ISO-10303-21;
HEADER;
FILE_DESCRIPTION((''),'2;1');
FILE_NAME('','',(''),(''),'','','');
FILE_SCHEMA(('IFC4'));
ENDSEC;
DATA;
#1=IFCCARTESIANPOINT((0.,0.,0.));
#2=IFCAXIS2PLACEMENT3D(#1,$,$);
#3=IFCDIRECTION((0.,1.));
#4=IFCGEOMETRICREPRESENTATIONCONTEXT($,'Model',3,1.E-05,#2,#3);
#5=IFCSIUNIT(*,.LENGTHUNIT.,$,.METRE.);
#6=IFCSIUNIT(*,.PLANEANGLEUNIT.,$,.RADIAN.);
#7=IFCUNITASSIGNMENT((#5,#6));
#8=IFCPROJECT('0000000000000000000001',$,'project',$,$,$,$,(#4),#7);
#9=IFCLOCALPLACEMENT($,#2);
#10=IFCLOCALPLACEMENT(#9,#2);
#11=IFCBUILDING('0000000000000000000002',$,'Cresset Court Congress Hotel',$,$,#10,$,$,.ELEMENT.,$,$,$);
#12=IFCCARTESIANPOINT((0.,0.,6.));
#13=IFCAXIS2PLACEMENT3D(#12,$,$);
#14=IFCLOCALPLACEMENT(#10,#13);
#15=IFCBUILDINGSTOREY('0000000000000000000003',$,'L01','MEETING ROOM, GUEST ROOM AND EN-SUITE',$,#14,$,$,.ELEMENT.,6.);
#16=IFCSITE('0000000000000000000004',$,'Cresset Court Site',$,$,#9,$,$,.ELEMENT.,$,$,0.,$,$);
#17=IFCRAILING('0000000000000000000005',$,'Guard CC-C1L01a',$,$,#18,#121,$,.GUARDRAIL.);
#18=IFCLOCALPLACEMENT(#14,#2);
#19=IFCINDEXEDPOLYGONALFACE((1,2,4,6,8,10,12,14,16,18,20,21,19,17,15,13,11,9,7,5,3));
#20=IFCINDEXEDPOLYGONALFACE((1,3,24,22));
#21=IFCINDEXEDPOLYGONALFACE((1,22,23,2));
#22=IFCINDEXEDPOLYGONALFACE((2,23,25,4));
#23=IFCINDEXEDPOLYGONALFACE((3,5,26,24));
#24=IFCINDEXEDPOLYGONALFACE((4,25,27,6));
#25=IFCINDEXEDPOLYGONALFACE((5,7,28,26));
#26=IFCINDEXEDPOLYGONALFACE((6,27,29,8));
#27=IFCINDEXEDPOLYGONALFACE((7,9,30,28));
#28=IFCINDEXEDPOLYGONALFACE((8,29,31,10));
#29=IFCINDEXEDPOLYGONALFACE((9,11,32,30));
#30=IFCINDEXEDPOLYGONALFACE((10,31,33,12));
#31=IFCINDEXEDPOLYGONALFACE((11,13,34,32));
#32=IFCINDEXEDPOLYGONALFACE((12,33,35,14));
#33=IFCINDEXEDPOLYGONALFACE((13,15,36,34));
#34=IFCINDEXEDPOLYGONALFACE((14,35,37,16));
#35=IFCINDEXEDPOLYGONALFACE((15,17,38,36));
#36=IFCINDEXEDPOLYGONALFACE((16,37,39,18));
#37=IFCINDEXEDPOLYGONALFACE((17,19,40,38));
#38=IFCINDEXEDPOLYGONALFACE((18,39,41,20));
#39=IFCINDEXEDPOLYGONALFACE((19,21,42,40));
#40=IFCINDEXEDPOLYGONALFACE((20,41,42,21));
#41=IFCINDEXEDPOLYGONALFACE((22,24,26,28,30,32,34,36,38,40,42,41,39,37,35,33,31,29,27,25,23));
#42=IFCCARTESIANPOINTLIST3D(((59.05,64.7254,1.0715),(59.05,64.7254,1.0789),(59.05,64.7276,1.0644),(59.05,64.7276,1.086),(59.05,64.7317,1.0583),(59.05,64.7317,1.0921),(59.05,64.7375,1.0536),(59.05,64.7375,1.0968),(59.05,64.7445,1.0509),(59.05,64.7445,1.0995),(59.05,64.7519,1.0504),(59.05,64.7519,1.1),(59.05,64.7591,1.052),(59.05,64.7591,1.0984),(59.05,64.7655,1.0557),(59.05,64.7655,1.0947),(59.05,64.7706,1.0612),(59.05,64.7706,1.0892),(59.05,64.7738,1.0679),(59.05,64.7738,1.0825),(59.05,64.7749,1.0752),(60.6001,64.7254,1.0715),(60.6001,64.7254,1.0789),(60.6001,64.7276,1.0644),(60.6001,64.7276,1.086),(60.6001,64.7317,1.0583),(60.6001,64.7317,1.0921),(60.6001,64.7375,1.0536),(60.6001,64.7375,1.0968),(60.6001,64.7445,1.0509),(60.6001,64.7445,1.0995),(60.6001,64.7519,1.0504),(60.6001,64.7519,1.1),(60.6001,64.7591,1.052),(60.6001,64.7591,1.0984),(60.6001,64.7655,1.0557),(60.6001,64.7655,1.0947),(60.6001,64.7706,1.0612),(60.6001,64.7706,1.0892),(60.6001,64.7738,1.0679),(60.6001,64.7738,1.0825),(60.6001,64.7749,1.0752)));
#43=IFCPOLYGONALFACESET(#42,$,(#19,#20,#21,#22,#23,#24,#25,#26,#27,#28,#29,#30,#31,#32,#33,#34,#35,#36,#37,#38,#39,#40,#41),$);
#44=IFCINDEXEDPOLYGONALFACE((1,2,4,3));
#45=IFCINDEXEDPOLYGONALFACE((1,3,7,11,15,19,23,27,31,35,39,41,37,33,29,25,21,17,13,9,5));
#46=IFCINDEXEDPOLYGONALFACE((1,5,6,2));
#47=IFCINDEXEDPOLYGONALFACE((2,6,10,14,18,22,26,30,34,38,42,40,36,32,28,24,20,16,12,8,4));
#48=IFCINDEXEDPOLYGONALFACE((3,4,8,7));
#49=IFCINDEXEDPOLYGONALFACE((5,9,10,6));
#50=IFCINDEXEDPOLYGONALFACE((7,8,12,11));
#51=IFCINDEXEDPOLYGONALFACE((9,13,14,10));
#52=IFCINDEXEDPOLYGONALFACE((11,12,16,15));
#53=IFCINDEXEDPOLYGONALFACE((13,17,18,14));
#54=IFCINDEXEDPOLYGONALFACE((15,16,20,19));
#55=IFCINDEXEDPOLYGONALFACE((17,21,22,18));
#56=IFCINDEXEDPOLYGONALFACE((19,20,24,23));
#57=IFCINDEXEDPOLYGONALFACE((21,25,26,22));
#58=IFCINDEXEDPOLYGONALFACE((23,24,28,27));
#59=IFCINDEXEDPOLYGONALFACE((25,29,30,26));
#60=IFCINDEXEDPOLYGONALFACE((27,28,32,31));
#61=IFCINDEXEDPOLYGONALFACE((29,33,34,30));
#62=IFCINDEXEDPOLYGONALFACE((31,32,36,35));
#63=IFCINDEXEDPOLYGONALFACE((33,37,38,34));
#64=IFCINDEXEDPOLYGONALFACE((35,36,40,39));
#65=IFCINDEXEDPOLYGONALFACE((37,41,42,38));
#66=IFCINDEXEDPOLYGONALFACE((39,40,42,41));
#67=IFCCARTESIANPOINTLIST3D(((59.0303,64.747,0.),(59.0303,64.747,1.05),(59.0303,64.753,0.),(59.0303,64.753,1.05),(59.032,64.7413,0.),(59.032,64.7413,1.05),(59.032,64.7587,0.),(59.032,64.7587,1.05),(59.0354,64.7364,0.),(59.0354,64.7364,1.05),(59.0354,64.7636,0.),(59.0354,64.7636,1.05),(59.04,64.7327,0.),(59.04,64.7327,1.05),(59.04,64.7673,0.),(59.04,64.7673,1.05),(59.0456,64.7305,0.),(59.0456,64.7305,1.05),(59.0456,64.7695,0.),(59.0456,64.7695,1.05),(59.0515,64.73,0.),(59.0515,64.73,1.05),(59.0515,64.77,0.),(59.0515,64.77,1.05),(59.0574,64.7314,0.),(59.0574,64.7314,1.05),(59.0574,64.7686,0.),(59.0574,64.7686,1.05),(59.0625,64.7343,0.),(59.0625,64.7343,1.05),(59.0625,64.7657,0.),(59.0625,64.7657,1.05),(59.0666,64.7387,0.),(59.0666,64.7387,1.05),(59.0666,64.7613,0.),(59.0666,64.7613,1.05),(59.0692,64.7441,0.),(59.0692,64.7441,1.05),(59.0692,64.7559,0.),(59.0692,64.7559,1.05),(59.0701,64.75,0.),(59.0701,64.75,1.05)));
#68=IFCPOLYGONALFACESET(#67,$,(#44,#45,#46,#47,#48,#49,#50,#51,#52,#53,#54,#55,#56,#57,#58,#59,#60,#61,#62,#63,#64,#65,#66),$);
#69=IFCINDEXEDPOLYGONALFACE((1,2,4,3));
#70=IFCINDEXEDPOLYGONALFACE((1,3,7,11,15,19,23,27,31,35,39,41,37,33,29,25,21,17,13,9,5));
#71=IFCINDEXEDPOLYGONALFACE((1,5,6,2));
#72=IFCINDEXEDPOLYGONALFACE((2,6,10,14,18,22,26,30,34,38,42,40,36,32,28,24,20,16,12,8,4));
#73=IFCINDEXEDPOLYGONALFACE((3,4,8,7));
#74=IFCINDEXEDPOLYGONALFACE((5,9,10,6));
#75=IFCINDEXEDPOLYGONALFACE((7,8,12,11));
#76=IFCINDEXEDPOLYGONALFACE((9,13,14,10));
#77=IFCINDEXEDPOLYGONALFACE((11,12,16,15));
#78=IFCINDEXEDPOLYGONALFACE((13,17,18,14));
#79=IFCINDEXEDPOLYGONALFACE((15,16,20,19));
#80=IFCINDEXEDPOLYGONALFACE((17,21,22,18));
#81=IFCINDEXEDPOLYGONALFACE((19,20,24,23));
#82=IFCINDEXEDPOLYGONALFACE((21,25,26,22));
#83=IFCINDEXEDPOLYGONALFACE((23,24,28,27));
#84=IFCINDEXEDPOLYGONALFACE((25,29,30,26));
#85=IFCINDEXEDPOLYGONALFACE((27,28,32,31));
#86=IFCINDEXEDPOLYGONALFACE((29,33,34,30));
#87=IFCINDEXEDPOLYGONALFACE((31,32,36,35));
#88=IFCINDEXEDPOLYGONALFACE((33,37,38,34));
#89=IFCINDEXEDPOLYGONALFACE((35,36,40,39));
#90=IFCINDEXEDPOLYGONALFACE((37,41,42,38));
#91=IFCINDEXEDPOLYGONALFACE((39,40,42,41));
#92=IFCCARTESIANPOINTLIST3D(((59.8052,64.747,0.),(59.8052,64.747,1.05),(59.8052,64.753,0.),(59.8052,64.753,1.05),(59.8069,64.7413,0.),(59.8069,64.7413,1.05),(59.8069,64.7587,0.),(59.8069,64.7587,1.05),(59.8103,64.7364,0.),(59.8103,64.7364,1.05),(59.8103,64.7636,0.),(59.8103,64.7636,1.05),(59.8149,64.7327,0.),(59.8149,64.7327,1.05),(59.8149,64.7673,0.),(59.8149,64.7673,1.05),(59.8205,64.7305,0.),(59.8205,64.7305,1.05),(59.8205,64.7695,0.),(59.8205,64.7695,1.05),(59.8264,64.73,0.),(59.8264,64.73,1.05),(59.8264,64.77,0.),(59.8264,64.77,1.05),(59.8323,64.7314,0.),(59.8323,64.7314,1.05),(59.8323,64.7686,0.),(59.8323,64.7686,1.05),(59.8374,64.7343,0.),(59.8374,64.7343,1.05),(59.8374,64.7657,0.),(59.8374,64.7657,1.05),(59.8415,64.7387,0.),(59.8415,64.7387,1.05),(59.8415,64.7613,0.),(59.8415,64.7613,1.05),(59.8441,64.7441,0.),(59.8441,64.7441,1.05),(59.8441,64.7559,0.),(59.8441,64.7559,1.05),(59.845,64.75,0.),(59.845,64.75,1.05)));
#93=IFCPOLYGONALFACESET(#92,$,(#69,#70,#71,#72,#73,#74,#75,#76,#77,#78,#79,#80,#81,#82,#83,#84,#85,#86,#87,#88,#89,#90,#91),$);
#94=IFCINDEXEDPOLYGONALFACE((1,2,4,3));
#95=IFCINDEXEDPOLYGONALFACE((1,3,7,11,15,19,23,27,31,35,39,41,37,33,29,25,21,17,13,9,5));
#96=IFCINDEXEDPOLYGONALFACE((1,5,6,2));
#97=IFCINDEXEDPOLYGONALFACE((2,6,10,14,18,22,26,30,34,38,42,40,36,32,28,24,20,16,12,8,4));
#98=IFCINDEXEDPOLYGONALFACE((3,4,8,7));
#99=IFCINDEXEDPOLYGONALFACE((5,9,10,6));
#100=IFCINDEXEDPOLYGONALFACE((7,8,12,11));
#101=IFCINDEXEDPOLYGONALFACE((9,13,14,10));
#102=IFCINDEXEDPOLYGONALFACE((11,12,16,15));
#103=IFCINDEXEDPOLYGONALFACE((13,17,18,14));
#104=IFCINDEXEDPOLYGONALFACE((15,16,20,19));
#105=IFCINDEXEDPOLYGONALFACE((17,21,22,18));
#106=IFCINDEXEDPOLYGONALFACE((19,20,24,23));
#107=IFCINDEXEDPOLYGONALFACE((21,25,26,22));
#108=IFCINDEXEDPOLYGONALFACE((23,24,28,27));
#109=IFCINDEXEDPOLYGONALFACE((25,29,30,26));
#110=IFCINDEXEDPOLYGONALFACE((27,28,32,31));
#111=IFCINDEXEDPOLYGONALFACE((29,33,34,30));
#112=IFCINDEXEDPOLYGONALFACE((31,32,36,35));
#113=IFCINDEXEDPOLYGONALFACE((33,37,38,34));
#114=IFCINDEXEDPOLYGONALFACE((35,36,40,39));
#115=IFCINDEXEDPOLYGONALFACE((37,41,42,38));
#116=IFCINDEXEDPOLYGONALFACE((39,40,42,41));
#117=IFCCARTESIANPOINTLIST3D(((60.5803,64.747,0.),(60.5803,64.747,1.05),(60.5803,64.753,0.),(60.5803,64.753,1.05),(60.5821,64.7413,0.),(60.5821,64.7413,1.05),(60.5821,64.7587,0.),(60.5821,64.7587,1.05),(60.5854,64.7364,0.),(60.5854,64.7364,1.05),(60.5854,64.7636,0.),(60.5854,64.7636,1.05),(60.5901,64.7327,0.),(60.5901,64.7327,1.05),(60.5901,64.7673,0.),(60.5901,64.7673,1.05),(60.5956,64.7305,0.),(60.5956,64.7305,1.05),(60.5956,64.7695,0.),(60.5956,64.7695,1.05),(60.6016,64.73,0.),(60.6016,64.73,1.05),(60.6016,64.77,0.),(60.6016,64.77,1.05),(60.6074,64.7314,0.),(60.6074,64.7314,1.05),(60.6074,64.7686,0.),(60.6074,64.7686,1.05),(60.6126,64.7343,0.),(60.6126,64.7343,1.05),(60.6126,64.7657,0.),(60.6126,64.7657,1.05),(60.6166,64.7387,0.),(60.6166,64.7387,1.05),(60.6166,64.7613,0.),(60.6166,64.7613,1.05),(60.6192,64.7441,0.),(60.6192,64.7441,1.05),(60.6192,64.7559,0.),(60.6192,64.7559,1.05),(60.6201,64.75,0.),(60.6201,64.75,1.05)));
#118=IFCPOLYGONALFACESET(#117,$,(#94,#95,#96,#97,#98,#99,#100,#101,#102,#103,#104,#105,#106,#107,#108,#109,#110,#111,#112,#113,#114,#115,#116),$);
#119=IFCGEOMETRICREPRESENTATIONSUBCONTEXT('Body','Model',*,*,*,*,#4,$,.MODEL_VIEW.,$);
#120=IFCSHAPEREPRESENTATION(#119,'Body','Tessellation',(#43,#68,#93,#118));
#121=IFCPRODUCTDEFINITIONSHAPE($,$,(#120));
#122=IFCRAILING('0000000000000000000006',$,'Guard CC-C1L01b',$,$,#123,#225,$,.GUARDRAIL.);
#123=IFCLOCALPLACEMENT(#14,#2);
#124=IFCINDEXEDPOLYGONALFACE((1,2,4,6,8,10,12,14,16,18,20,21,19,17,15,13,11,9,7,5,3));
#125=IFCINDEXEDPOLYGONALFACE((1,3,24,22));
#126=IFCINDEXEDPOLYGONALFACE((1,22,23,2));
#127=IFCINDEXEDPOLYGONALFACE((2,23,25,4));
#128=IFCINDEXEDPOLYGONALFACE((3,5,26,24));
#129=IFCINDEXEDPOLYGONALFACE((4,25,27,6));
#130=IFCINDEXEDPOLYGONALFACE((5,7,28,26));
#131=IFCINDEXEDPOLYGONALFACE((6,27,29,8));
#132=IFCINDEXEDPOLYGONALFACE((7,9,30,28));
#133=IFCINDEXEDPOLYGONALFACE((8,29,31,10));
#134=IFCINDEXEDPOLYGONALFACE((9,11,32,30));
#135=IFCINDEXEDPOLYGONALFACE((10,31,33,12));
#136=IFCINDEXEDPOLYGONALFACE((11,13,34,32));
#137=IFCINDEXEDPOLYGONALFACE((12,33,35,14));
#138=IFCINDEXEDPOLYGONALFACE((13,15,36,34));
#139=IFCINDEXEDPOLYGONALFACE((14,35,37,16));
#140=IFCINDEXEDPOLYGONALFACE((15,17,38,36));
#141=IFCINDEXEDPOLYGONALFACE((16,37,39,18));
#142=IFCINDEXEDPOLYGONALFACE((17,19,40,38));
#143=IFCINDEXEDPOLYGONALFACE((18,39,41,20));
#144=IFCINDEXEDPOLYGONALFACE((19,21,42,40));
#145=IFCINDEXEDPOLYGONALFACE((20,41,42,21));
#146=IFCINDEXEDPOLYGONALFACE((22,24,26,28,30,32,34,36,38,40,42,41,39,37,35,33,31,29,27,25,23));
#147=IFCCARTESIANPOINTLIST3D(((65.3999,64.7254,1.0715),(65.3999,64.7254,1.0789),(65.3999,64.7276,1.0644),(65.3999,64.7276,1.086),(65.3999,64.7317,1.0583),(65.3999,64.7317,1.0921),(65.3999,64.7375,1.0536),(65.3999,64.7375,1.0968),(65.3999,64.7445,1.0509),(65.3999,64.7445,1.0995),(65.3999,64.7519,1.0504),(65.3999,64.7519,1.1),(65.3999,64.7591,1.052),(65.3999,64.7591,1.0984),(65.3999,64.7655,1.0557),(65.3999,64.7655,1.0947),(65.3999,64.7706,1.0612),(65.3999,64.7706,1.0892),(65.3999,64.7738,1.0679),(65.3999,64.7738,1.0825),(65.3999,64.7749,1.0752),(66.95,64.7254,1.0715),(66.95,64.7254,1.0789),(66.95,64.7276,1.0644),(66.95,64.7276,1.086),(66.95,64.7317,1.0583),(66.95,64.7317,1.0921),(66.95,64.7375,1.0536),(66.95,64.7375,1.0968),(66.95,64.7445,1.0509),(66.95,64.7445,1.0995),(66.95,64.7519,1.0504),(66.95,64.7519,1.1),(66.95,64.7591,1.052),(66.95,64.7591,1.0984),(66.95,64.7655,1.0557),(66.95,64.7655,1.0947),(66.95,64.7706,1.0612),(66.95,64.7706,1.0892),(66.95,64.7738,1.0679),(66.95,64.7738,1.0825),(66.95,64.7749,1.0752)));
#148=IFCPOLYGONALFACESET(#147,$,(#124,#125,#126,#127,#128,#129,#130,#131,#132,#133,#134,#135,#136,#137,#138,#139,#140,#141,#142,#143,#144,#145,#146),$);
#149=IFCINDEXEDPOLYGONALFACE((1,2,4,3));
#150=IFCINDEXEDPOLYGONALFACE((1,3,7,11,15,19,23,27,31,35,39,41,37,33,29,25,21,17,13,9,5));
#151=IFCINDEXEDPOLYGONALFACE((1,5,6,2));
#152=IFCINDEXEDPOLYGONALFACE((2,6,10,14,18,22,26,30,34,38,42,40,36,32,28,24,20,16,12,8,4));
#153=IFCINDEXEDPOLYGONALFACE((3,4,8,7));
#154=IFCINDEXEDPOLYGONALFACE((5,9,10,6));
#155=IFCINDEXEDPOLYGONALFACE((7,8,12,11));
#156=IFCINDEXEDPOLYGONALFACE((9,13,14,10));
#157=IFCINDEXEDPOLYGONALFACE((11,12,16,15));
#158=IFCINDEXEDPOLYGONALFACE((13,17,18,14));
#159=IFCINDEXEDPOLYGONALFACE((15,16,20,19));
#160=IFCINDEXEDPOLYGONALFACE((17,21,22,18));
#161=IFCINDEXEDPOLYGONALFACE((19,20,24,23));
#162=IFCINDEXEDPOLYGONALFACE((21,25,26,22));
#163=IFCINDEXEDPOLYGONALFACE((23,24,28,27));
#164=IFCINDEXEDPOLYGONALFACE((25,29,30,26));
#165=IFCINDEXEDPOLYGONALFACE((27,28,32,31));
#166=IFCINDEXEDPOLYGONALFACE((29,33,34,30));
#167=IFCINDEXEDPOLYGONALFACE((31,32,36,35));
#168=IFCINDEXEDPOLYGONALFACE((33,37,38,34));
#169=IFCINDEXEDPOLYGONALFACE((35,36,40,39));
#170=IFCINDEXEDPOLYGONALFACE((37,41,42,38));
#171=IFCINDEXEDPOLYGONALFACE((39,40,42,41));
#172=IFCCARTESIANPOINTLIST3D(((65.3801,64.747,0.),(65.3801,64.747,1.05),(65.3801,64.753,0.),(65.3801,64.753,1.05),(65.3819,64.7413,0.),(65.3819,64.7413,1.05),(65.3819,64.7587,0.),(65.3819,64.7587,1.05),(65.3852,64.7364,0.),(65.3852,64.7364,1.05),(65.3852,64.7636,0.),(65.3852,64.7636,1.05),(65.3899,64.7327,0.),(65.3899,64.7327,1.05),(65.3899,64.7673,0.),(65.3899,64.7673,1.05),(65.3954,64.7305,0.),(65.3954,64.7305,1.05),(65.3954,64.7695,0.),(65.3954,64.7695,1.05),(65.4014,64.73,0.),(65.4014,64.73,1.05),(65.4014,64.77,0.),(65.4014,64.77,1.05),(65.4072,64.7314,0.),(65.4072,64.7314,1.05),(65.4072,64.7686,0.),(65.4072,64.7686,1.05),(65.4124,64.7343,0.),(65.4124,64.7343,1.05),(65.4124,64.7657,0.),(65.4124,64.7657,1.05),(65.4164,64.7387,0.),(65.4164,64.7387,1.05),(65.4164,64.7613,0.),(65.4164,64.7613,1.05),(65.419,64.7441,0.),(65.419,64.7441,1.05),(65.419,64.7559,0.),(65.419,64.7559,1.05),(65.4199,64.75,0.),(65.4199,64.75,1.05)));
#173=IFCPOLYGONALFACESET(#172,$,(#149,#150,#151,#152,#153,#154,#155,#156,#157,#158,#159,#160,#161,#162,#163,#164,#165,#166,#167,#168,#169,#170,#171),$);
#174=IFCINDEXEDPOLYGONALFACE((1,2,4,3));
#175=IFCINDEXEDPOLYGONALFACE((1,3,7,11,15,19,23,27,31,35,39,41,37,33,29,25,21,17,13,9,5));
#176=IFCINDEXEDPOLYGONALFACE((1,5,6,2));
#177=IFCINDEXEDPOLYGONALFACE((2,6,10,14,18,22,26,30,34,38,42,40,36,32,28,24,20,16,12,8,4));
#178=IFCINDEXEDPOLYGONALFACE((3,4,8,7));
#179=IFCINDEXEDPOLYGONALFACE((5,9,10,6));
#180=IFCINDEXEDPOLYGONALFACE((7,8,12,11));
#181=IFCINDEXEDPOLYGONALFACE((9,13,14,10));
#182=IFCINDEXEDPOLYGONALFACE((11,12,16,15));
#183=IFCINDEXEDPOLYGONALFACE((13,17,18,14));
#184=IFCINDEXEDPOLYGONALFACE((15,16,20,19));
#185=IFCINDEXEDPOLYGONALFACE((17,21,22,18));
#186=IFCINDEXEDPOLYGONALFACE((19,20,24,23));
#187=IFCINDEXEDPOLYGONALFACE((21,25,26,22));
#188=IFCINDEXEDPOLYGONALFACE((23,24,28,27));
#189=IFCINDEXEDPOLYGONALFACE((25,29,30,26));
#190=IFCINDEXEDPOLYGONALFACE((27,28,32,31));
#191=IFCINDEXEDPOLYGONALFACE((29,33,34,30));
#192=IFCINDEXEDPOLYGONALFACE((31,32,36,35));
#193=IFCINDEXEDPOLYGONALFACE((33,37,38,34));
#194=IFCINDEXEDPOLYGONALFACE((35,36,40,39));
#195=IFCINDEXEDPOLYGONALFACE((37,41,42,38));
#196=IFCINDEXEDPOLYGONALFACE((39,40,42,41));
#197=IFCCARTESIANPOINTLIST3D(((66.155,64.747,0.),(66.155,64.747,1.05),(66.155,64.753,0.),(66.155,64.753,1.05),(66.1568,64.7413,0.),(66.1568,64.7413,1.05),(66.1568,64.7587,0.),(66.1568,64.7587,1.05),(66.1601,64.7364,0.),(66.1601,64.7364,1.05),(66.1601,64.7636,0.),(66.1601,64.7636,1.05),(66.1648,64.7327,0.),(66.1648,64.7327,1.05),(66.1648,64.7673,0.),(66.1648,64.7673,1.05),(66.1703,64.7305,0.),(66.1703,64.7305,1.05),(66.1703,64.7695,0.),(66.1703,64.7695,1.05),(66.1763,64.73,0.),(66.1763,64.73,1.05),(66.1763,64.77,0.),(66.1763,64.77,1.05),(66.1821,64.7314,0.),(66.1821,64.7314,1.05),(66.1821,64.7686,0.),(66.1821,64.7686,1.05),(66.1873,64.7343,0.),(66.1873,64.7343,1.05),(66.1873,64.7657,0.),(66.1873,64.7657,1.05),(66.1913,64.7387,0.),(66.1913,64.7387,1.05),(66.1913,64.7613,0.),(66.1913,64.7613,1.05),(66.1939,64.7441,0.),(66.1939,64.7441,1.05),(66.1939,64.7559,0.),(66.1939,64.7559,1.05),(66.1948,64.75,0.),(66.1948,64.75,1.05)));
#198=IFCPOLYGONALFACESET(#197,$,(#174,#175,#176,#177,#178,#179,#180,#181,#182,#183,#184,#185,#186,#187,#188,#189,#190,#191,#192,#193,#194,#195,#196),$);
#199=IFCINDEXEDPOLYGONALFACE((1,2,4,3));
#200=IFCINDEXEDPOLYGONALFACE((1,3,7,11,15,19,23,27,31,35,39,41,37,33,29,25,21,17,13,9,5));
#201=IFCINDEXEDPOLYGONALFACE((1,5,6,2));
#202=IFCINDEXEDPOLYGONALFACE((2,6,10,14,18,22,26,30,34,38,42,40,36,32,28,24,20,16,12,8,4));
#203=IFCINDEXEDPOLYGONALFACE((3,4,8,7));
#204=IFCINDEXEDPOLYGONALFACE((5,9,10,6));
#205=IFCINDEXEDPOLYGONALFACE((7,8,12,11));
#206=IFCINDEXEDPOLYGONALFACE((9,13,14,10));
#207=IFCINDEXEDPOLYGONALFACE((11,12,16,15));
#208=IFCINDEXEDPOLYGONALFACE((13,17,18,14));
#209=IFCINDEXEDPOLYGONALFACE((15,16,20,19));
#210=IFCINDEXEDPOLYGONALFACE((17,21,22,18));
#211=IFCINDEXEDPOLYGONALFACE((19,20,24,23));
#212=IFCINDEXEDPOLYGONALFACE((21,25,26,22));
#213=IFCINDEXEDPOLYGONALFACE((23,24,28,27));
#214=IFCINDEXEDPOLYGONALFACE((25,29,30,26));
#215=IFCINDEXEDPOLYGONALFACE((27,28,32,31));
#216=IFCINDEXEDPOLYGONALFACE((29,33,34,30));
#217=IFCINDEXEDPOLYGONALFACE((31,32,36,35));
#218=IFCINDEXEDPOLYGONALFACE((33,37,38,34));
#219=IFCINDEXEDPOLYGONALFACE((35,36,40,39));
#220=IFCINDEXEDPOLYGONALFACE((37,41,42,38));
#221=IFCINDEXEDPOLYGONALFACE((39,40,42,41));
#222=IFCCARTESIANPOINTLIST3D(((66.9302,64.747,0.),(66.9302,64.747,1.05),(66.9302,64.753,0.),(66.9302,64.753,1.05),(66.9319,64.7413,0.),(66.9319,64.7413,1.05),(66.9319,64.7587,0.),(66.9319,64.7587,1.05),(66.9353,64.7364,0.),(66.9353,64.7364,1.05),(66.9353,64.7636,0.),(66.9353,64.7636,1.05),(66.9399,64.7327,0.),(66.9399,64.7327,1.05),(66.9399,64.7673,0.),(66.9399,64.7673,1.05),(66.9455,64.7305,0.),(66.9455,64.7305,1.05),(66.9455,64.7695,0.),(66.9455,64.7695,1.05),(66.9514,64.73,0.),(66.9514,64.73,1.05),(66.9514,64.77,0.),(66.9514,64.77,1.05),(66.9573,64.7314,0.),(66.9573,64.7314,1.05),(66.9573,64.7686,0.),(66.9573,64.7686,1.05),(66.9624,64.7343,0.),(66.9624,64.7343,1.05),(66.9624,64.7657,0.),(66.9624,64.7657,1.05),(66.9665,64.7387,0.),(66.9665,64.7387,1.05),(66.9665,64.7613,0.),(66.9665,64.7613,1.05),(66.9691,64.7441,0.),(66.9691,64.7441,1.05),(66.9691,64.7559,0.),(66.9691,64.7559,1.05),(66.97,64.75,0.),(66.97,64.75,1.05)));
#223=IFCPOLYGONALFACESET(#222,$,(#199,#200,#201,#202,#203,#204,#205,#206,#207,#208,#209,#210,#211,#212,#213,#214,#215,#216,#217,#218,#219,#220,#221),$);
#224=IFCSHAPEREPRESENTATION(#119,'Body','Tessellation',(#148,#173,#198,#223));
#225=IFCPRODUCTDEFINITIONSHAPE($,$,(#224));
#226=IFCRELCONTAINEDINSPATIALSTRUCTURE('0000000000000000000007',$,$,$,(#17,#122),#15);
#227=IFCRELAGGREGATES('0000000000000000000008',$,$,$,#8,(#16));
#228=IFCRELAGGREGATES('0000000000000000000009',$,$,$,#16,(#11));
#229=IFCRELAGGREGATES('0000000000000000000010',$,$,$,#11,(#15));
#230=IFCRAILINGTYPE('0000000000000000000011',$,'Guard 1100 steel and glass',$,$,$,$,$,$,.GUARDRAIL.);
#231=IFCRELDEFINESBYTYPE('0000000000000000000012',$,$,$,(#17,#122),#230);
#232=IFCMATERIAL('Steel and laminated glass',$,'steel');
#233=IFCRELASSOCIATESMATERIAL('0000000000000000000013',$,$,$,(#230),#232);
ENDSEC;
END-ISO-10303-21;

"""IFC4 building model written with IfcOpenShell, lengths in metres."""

from ifc_helpers import new_model, si_unit, direction, frame, origin, origin_2d, place, context, subcontext, project, spatial, circle, extrude, material, type_object, element, save


model = new_model("IFC4")

# Units and contexts
model_context = context("Model", 3, precision=1e-05, world=origin(), true_north=direction((0.0, 1.0)))
body_context = subcontext(model_context, "Body", "Model", "MODEL_VIEW")
ifc_project = project(units=[si_unit("LENGTHUNIT", "METRE"), si_unit("PLANEANGLEUNIT", "RADIAN")], contexts=[model_context])

# Site, building, storey
site_placement = place(None, origin())
site = spatial("IfcSite", under=ifc_project, at=site_placement, Name="Cresset Court Site", CompositionType="ELEMENT", RefElevation=0.0)
building_placement = place(site_placement, origin())
building = spatial("IfcBuilding", under=site, at=building_placement, Name="Cresset Court Congress Hotel", CompositionType="ELEMENT")
storey_placement = place(building_placement, frame((0.0, 0.0, 6.0)))
storey = spatial("IfcBuildingStorey", under=building, at=storey_placement, Name="L01", Description="MEETING ROOM, GUEST ROOM AND EN-SUITE", CompositionType="ELEMENT", Elevation=6.0)

# Railings
ifc_material_1 = material(Name="Steel and laminated glass", Category="steel")
railing_type_1 = type_object("IfcRailingType", Name="Guard 1100 steel and glass", PredefinedType="GUARDRAIL", material=ifc_material_1)
for number, where, name in (
    (1, (59.05, 64.75, 0.0), "Guard CC-C1L01a"),
    (2, (65.3999, 64.75, 0.0), "Guard CC-C1L01b"),
):
    element("IfcRailing", number, at=place(storey_placement, frame(where)), inside=storey, type_object=railing_type_1, Name=name, PredefinedType="GUARDRAIL", context=body_context, shape_type="SweptSolid", body=[
        extrude(circle(Radius=0.0249, at=origin_2d()), frame((0.0, 0.0, 1.0752), z_axis=(1.0, 0.0, 0.0), x_axis=(0.0, 1.0, 0.0)), (0.0, 0.0, 1.0), 1.55),
        extrude(circle(Radius=0.02, at=origin_2d()), origin(), (0.0, 0.0, 1.0), 1.05),
        extrude(circle(Radius=0.02, at=origin_2d()), frame((0.7749, 0.0, 0.0)), (0.0, 0.0, 1.0), 1.05),
        extrude(circle(Radius=0.02, at=origin_2d()), frame((1.55, 0.0, 0.0)), (0.0, 0.0, 1.0), 1.05),
    ])

save(model, "model.ifc")
